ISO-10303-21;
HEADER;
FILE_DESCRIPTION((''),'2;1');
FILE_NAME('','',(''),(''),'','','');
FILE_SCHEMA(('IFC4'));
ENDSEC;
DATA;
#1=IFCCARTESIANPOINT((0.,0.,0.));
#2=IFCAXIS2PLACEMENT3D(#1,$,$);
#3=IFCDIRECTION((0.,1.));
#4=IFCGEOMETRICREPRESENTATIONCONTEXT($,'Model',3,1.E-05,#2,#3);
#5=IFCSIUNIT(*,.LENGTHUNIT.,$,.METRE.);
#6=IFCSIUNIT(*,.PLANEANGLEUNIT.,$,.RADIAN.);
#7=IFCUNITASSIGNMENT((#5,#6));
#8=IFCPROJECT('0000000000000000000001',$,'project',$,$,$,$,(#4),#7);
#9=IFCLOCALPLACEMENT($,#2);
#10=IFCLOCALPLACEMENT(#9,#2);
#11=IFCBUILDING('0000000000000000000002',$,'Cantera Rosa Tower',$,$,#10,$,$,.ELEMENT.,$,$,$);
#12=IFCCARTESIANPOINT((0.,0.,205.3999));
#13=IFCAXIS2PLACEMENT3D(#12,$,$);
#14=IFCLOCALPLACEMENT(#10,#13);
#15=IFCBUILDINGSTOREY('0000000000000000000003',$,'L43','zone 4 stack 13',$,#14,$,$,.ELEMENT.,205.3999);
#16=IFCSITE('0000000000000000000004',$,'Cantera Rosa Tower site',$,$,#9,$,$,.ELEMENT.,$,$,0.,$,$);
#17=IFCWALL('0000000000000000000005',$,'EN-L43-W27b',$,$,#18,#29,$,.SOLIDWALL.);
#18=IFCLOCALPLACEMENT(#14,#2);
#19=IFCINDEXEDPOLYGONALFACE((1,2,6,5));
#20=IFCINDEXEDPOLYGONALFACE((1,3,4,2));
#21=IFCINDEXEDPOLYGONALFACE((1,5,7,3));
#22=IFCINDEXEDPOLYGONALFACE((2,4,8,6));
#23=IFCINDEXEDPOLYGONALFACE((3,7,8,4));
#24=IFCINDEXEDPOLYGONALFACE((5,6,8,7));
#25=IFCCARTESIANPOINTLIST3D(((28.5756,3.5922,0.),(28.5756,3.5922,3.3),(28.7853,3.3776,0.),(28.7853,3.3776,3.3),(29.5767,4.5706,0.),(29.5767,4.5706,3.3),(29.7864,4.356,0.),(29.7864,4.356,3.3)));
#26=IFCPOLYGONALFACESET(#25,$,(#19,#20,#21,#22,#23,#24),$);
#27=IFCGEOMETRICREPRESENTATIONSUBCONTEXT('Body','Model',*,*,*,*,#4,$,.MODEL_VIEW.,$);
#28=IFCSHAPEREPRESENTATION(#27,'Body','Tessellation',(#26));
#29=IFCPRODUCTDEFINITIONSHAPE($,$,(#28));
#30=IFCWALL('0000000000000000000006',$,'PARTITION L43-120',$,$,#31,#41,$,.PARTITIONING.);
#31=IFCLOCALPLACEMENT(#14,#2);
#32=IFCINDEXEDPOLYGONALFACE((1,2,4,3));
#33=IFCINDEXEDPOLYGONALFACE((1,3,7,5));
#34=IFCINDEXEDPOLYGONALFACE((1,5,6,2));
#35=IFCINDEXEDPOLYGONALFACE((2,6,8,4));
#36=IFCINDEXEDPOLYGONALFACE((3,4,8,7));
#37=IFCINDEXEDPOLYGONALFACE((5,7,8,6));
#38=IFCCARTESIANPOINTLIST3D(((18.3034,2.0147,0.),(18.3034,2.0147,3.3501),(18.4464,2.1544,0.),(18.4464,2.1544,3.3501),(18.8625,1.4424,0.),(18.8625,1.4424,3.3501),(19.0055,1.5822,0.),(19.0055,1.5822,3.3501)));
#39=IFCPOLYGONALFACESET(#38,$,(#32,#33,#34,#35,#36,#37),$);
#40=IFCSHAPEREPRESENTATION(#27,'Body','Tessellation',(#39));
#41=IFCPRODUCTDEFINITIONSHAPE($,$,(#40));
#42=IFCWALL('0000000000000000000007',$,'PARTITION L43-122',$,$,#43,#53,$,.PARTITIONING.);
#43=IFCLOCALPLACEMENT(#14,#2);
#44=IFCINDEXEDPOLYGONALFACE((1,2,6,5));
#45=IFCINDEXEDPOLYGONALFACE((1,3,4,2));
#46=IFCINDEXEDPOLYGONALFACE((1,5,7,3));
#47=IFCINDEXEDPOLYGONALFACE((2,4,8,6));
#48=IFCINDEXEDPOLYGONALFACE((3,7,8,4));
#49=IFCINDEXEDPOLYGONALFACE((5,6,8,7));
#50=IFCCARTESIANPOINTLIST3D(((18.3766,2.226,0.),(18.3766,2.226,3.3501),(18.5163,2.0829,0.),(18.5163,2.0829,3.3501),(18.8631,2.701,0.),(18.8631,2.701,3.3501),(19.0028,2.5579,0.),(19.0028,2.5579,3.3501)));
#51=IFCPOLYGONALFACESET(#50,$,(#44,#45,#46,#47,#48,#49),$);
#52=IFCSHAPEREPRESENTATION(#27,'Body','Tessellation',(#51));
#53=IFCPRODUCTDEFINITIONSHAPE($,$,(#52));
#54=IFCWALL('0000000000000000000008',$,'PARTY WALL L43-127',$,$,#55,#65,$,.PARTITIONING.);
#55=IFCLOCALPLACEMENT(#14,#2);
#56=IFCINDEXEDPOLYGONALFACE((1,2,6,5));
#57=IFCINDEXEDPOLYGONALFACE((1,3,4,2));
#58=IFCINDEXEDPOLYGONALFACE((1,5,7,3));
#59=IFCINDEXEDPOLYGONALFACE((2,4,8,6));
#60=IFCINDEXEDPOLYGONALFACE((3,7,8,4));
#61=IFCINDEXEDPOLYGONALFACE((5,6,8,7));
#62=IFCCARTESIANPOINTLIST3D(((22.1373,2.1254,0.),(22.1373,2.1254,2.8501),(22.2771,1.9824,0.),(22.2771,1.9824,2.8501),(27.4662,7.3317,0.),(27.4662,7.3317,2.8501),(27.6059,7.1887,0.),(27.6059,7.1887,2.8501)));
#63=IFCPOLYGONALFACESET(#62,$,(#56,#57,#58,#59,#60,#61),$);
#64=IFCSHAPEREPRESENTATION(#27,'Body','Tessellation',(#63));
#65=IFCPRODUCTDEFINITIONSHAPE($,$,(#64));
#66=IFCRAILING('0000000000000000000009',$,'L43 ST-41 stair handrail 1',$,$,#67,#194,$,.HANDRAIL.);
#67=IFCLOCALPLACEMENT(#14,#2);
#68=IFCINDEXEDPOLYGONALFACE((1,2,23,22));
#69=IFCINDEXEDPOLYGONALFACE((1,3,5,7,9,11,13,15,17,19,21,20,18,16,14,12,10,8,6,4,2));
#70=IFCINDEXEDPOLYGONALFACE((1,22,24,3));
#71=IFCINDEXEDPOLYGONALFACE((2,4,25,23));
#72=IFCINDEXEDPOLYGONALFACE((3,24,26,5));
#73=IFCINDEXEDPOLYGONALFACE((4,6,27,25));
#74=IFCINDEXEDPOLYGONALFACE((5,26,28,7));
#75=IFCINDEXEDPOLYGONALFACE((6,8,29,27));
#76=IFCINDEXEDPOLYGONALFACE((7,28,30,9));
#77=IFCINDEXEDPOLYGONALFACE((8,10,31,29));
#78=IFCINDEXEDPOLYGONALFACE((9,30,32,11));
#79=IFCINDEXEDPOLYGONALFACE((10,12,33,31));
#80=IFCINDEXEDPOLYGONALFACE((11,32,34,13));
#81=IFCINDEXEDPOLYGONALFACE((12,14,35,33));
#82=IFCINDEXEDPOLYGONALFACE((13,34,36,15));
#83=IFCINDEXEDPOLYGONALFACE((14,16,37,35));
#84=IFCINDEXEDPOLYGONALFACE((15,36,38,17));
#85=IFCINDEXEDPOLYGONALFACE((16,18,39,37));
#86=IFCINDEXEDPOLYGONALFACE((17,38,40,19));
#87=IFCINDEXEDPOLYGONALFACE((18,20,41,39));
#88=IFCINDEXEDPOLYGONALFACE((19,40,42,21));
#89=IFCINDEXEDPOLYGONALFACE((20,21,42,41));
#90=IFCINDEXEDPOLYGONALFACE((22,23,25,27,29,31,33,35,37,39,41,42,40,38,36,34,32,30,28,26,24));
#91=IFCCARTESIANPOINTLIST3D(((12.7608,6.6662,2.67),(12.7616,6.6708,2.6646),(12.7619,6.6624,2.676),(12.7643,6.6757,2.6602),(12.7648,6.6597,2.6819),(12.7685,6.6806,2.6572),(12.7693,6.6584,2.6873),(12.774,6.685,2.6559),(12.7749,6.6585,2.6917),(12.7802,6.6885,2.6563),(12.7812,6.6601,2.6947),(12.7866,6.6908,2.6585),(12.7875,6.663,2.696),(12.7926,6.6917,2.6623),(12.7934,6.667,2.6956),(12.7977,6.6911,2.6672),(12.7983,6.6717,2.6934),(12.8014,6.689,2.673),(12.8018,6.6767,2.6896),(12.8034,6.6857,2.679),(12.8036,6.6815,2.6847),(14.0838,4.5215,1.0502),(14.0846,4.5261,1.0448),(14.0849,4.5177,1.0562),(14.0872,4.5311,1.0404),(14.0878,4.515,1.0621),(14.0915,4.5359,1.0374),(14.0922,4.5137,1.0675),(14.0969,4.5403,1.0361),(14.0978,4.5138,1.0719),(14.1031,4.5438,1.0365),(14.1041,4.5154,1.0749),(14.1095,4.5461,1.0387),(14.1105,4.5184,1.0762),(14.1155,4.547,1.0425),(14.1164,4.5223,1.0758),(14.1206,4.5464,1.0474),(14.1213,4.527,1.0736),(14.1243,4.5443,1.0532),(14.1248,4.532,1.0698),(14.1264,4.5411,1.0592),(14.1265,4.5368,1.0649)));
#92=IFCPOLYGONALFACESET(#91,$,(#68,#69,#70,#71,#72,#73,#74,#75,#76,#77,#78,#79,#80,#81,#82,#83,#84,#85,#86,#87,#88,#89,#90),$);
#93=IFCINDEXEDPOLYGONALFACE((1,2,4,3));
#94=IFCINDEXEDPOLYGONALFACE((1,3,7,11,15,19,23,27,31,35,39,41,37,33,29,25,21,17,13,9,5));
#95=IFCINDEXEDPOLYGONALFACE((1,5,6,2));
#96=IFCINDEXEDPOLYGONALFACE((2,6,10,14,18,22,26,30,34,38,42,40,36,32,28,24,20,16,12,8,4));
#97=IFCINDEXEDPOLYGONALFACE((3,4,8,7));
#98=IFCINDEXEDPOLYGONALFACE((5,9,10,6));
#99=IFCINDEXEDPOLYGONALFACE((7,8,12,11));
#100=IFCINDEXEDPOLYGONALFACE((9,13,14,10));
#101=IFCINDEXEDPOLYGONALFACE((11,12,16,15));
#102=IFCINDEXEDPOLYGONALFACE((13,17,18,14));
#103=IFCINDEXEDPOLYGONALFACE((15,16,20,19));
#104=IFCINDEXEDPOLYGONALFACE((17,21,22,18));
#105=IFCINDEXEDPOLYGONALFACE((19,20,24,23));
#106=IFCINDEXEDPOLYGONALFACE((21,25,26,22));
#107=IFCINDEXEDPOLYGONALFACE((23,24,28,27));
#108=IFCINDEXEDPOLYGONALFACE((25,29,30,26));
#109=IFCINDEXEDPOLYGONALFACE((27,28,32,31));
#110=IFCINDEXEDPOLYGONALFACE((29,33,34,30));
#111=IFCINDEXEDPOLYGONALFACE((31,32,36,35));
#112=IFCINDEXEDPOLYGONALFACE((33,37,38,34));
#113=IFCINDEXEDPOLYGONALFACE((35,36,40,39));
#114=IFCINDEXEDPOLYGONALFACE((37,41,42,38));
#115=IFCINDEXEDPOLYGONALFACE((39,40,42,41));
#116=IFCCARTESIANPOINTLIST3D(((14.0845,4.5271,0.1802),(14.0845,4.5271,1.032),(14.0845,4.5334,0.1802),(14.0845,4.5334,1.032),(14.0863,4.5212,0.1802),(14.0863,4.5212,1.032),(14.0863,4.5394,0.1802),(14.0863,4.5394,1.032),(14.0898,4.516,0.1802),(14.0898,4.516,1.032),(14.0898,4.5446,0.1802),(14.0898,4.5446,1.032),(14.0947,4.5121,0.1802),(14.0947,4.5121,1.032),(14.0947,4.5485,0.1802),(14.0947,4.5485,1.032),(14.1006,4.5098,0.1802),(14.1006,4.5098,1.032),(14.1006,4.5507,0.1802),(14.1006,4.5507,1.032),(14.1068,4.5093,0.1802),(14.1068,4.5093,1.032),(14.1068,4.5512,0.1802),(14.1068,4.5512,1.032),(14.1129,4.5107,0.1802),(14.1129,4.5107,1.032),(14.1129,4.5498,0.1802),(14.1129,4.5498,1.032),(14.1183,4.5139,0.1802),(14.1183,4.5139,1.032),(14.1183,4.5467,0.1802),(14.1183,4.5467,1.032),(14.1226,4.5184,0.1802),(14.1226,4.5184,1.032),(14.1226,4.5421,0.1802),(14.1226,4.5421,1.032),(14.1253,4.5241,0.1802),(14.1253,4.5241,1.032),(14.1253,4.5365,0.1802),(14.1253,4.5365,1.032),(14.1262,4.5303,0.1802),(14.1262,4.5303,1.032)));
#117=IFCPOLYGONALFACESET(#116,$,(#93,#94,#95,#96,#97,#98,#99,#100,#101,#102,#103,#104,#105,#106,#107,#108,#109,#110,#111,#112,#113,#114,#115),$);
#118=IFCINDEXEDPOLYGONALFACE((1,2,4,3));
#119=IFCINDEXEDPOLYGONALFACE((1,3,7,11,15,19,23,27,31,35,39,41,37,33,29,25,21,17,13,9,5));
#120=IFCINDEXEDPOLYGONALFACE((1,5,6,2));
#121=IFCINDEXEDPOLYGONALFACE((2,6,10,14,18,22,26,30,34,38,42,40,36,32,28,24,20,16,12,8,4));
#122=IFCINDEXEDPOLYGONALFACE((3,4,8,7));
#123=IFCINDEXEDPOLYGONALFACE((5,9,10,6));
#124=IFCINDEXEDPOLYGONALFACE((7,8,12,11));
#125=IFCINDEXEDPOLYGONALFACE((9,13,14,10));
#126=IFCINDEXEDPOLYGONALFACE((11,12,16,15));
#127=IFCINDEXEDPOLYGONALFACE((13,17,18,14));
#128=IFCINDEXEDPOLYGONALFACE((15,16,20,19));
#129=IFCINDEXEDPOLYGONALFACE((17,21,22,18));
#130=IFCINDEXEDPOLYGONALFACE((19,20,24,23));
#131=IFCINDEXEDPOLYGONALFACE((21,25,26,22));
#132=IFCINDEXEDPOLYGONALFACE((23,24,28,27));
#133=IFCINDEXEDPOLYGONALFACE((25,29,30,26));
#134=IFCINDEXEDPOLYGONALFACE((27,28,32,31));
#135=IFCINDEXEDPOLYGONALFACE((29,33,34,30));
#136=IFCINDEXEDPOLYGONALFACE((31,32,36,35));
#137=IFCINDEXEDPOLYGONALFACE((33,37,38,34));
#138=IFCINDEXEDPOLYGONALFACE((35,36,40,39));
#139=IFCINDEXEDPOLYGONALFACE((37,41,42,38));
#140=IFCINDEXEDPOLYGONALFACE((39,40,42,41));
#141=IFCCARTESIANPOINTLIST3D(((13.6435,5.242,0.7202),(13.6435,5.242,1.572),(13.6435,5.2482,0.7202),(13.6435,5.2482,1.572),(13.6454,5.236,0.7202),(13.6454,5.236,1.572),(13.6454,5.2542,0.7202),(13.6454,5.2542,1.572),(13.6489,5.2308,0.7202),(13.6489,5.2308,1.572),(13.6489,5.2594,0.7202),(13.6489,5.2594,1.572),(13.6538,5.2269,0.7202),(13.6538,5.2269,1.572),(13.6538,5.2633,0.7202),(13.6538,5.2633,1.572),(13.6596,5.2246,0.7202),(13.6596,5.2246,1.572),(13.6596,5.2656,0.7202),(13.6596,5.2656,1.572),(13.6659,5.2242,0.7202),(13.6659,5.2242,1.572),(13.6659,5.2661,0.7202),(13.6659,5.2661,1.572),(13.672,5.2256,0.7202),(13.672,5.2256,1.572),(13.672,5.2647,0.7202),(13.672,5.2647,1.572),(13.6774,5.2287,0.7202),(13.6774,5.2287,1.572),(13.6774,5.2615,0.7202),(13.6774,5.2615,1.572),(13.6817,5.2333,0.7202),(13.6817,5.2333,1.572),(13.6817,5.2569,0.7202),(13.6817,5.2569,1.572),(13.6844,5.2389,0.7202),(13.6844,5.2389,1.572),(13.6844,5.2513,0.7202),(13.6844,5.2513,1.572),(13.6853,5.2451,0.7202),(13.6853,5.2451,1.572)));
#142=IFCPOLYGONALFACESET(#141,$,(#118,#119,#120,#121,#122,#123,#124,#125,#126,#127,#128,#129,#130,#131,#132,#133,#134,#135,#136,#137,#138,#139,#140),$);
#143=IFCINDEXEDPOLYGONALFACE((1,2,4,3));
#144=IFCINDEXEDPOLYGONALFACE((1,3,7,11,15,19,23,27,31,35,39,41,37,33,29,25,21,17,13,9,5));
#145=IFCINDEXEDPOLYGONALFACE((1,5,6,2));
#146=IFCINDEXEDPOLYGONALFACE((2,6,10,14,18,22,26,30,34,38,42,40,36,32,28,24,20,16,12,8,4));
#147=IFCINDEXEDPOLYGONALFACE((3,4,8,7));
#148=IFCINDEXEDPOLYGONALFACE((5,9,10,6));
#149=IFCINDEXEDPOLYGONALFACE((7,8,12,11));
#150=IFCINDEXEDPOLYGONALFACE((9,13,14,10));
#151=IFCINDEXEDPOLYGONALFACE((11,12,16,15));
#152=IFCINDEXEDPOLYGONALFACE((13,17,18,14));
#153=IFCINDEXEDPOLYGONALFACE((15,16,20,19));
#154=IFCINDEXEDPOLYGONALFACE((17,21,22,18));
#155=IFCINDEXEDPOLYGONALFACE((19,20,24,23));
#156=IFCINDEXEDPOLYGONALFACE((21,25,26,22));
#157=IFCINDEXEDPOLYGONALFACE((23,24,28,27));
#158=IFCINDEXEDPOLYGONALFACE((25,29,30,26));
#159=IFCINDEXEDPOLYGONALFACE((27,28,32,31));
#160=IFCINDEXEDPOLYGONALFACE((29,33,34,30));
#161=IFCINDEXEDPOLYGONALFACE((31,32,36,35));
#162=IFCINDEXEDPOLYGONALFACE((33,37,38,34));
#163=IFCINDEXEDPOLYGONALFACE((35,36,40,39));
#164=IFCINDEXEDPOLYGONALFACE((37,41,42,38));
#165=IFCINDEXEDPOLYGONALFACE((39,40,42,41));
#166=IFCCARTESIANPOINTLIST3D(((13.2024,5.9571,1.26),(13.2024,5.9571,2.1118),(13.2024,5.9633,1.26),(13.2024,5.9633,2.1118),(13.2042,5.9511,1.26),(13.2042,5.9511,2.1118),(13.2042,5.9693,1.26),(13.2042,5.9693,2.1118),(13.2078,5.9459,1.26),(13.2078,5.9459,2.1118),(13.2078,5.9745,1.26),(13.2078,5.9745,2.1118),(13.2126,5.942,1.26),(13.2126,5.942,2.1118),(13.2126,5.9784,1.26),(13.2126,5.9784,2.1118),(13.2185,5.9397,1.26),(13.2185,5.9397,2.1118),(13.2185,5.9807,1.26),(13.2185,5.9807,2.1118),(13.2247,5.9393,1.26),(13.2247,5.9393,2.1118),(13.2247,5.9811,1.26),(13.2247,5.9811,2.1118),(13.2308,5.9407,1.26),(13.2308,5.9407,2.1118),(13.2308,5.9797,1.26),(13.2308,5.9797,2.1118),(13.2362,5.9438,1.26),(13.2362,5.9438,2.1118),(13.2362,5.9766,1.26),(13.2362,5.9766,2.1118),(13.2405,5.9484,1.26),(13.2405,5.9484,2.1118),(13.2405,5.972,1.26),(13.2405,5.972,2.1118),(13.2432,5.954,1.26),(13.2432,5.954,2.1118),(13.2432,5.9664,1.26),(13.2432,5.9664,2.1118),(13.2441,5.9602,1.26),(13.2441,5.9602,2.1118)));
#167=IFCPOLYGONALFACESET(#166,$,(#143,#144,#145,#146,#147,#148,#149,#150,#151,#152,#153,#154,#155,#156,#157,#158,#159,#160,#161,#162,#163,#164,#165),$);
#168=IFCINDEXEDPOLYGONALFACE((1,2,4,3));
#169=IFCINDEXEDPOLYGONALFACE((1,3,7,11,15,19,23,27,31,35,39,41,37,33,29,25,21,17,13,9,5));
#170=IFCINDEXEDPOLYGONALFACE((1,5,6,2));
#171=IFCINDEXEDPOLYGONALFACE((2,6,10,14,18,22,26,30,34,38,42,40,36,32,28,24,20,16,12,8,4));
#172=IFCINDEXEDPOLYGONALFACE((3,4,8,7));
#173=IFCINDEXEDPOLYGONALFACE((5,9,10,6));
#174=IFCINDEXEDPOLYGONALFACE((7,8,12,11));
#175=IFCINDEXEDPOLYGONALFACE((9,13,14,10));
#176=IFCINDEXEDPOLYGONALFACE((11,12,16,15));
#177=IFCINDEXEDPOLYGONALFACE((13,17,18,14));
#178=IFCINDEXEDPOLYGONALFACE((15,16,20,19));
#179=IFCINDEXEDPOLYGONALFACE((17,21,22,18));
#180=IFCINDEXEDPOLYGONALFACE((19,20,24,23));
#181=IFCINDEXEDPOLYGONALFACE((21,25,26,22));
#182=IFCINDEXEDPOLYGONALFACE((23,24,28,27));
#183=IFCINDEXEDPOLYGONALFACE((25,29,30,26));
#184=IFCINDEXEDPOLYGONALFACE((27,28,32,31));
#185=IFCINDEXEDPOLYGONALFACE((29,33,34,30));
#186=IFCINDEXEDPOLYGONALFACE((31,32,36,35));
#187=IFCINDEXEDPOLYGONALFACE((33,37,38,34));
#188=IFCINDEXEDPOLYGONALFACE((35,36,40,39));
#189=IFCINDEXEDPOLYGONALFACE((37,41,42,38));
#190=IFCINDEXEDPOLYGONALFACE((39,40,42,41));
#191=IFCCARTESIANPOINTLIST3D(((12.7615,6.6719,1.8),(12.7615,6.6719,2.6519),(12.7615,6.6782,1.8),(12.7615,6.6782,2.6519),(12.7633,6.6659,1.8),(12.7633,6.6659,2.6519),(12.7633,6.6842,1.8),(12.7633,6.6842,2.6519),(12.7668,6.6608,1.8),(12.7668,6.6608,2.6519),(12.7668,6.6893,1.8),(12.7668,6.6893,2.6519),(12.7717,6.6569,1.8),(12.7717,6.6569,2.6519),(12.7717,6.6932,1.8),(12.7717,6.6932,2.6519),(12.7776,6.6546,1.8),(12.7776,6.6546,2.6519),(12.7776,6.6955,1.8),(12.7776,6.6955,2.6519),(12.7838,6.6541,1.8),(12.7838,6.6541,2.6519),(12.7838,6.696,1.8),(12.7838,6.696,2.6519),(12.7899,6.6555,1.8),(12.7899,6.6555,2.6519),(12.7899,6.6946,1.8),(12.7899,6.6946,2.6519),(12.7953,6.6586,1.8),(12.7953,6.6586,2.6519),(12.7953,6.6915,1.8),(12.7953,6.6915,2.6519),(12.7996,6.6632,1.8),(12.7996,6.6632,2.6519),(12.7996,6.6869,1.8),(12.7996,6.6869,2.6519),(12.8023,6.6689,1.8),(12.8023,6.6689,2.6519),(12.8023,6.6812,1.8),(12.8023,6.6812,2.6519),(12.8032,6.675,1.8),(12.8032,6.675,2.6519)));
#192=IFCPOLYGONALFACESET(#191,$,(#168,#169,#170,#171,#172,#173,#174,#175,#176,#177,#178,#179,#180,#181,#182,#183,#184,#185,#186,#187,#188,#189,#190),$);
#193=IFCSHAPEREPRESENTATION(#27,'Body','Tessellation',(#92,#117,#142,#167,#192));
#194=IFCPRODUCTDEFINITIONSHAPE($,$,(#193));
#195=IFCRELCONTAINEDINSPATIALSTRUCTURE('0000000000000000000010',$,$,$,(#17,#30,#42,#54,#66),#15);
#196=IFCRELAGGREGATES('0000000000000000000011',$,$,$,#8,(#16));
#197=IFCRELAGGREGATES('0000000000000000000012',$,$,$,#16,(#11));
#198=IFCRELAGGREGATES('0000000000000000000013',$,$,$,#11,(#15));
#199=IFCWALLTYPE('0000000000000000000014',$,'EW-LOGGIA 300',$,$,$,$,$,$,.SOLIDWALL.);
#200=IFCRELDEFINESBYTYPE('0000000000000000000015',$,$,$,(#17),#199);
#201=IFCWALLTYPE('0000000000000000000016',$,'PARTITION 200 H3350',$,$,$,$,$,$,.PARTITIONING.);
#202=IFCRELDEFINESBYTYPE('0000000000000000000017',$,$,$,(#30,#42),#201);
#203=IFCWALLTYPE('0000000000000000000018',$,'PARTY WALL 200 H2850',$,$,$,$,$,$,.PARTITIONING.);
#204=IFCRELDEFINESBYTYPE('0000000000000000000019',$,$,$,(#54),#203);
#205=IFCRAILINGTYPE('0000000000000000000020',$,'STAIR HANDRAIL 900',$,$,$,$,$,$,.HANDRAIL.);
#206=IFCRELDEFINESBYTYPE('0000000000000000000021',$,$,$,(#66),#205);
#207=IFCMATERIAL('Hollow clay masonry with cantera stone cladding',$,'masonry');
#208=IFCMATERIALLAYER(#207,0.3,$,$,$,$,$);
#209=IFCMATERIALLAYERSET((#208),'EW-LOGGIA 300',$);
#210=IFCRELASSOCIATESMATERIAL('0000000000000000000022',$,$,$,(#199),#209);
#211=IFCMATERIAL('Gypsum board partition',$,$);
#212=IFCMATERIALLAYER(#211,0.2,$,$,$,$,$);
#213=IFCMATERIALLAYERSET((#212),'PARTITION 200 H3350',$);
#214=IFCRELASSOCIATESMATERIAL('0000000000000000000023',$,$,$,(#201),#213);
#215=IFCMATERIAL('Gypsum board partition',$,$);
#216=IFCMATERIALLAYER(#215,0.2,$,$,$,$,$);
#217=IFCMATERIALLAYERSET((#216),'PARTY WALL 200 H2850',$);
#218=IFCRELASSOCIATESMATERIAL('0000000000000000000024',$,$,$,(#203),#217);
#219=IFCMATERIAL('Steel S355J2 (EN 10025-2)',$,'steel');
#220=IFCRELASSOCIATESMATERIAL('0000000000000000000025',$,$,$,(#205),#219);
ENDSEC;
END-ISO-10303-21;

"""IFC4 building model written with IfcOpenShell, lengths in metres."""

from ifc_helpers import new_model, si_unit, direction, frame, frame_2d, origin, origin_2d, place, context, subcontext, project, spatial, rectangle, circle, extrude, material, layer, layer_set, type_object, element, save


model = new_model("IFC4")

# Units and contexts
model_context = context("Model", 3, precision=1e-05, world=origin(), true_north=direction((0.0, 1.0)))
body_context = subcontext(model_context, "Body", "Model", "MODEL_VIEW")
ifc_project = project(units=[si_unit("LENGTHUNIT", "METRE"), si_unit("PLANEANGLEUNIT", "RADIAN")], contexts=[model_context])

# Site, building, storey
site_placement = place(None, origin())
site = spatial("IfcSite", under=ifc_project, at=site_placement, Name="Cantera Rosa Tower site", CompositionType="ELEMENT", RefElevation=0.0)
building_placement = place(site_placement, origin())
building = spatial("IfcBuilding", under=site, at=building_placement, Name="Cantera Rosa Tower", CompositionType="ELEMENT")
storey_placement = place(building_placement, frame((0.0, 0.0, 205.3999)))
storey = spatial("IfcBuildingStorey", under=building, at=storey_placement, Name="L43", Description="zone 4 stack 13", CompositionType="ELEMENT", Elevation=205.3999)

# Wall
ifc_material_1 = material(Name="Hollow clay masonry with cantera stone cladding", Category="masonry")
ifc_layer_1 = layer(ifc_material_1, 0.3)
ifc_layer_set_1 = layer_set([ifc_layer_1], Name="EW-LOGGIA 300")
wall_type_1 = type_object("IfcWallType", Name="EW-LOGGIA 300", PredefinedType="SOLIDWALL", material=ifc_layer_set_1)
wall_1_placement = place(storey_placement, frame((28.6804, 3.4849, 0.0), z_axis=(0.0, 0.0, 1.0), x_axis=(0.715169, 0.698951, 0.0)))
element("IfcWall", 1, at=wall_1_placement, inside=storey, type_object=wall_type_1, Name="EN-L43-W27b", PredefinedType="SOLIDWALL", context=body_context, shape_type="SweptSolid", body=[
    extrude(rectangle(XDim=1.3999, YDim=0.3, at=frame_2d((0.7, 0.0))), origin(), (0.0, 0.0, 1.0), 3.3),
])

# Walls
ifc_material_2 = material(Name="Gypsum board partition")
ifc_layer_2 = layer(ifc_material_2, 0.2)
ifc_layer_set_2 = layer_set([ifc_layer_2], Name="PARTITION 200 H3350")
wall_type_2 = type_object("IfcWallType", Name="PARTITION 200 H3350", PredefinedType="PARTITIONING", material=ifc_layer_set_2)
wall_2_placement = place(storey_placement, frame((18.375, 2.0845, 0.0), z_axis=(0.0, 0.0, 1.0), x_axis=(0.698819, -0.715298, 0.0)))
element("IfcWall", 2, at=wall_2_placement, inside=storey, type_object=wall_type_2, Name="PARTITION L43-120", PredefinedType="PARTITIONING", context=body_context, shape_type="SweptSolid", body=[
    extrude(rectangle(XDim=0.8, YDim=0.2, at=frame_2d((0.3999, 0.0))), origin(), (0.0, 0.0, 1.0), 3.3501),
])
wall_3_placement = place(storey_placement, frame((18.9329, 2.6294, 0.0), z_axis=(0.0, 0.0, 1.0), x_axis=(-0.715493, -0.69862, 0.0)))
element("IfcWall", 3, at=wall_3_placement, inside=storey, type_object=wall_type_2, Name="PARTITION L43-122", PredefinedType="PARTITIONING", context=body_context, shape_type="SweptSolid", body=[
    extrude(rectangle(XDim=0.6799, YDim=0.2, at=frame_2d((0.3398, 0.0))), origin(), (0.0, 0.0, 1.0), 3.3501),
])
ifc_material_3 = material(Name="Gypsum board partition")
ifc_layer_3 = layer(ifc_material_3, 0.2)
ifc_layer_set_3 = layer_set([ifc_layer_3], Name="PARTY WALL 200 H2850")
wall_type_3 = type_object("IfcWallType", Name="PARTY WALL 200 H2850", PredefinedType="PARTITIONING", material=ifc_layer_set_3)
wall_4_placement = place(storey_placement, frame((27.5361, 7.2603, 0.0), z_axis=(0.0, 0.0, 1.0), x_axis=(-0.715284, -0.698834, 0.0)))
element("IfcWall", 4, at=wall_4_placement, inside=storey, type_object=wall_type_3, Name="PARTY WALL L43-127", PredefinedType="PARTITIONING", context=body_context, shape_type="SweptSolid", body=[
    extrude(rectangle(XDim=7.45, YDim=0.2, at=frame_2d((3.7251, 0.0))), origin(), (0.0, 0.0, 1.0), 2.8501),
])

# Railing
ifc_material_4 = material(Name="Steel S355J2 (EN 10025-2)", Category="steel")
railing_type_1 = type_object("IfcRailingType", Name="STAIR HANDRAIL 900", PredefinedType="HANDRAIL", material=ifc_material_4)
railing_1_placement = place(storey_placement, frame((14.1052, 4.5303, 0.1802)))
element("IfcRailing", 5, at=railing_1_placement, inside=storey, type_object=railing_type_1, Name="L43 ST-41 stair handrail 1", PredefinedType="HANDRAIL", context=body_context, shape_type="SweptSolid", body=[
    extrude(circle(Radius=0.0239, at=origin_2d()), frame((0.0, 0.0, 0.876), z_axis=(-0.441629, 0.715945, 0.540728), x_axis=(-0.851102, -0.525, 0.0)), (0.0, 0.0, 1.0), 2.9956),
    extrude(circle(Radius=0.021, at=origin_2d()), origin(), (0.0, 0.0, 1.0), 0.8518),
    extrude(circle(Radius=0.021, at=origin_2d()), frame((-0.4409, 0.7148, 0.54)), (0.0, 0.0, 1.0), 0.8518),
    extrude(circle(Radius=0.021, at=origin_2d()), frame((-0.8821, 1.4299, 1.0798)), (0.0, 0.0, 1.0), 0.8518),
    extrude(circle(Radius=0.021, at=origin_2d()), frame((-1.323, 2.1448, 1.6199)), (0.0, 0.0, 1.0), 0.8518),
])

save(model, "model.ifc")
